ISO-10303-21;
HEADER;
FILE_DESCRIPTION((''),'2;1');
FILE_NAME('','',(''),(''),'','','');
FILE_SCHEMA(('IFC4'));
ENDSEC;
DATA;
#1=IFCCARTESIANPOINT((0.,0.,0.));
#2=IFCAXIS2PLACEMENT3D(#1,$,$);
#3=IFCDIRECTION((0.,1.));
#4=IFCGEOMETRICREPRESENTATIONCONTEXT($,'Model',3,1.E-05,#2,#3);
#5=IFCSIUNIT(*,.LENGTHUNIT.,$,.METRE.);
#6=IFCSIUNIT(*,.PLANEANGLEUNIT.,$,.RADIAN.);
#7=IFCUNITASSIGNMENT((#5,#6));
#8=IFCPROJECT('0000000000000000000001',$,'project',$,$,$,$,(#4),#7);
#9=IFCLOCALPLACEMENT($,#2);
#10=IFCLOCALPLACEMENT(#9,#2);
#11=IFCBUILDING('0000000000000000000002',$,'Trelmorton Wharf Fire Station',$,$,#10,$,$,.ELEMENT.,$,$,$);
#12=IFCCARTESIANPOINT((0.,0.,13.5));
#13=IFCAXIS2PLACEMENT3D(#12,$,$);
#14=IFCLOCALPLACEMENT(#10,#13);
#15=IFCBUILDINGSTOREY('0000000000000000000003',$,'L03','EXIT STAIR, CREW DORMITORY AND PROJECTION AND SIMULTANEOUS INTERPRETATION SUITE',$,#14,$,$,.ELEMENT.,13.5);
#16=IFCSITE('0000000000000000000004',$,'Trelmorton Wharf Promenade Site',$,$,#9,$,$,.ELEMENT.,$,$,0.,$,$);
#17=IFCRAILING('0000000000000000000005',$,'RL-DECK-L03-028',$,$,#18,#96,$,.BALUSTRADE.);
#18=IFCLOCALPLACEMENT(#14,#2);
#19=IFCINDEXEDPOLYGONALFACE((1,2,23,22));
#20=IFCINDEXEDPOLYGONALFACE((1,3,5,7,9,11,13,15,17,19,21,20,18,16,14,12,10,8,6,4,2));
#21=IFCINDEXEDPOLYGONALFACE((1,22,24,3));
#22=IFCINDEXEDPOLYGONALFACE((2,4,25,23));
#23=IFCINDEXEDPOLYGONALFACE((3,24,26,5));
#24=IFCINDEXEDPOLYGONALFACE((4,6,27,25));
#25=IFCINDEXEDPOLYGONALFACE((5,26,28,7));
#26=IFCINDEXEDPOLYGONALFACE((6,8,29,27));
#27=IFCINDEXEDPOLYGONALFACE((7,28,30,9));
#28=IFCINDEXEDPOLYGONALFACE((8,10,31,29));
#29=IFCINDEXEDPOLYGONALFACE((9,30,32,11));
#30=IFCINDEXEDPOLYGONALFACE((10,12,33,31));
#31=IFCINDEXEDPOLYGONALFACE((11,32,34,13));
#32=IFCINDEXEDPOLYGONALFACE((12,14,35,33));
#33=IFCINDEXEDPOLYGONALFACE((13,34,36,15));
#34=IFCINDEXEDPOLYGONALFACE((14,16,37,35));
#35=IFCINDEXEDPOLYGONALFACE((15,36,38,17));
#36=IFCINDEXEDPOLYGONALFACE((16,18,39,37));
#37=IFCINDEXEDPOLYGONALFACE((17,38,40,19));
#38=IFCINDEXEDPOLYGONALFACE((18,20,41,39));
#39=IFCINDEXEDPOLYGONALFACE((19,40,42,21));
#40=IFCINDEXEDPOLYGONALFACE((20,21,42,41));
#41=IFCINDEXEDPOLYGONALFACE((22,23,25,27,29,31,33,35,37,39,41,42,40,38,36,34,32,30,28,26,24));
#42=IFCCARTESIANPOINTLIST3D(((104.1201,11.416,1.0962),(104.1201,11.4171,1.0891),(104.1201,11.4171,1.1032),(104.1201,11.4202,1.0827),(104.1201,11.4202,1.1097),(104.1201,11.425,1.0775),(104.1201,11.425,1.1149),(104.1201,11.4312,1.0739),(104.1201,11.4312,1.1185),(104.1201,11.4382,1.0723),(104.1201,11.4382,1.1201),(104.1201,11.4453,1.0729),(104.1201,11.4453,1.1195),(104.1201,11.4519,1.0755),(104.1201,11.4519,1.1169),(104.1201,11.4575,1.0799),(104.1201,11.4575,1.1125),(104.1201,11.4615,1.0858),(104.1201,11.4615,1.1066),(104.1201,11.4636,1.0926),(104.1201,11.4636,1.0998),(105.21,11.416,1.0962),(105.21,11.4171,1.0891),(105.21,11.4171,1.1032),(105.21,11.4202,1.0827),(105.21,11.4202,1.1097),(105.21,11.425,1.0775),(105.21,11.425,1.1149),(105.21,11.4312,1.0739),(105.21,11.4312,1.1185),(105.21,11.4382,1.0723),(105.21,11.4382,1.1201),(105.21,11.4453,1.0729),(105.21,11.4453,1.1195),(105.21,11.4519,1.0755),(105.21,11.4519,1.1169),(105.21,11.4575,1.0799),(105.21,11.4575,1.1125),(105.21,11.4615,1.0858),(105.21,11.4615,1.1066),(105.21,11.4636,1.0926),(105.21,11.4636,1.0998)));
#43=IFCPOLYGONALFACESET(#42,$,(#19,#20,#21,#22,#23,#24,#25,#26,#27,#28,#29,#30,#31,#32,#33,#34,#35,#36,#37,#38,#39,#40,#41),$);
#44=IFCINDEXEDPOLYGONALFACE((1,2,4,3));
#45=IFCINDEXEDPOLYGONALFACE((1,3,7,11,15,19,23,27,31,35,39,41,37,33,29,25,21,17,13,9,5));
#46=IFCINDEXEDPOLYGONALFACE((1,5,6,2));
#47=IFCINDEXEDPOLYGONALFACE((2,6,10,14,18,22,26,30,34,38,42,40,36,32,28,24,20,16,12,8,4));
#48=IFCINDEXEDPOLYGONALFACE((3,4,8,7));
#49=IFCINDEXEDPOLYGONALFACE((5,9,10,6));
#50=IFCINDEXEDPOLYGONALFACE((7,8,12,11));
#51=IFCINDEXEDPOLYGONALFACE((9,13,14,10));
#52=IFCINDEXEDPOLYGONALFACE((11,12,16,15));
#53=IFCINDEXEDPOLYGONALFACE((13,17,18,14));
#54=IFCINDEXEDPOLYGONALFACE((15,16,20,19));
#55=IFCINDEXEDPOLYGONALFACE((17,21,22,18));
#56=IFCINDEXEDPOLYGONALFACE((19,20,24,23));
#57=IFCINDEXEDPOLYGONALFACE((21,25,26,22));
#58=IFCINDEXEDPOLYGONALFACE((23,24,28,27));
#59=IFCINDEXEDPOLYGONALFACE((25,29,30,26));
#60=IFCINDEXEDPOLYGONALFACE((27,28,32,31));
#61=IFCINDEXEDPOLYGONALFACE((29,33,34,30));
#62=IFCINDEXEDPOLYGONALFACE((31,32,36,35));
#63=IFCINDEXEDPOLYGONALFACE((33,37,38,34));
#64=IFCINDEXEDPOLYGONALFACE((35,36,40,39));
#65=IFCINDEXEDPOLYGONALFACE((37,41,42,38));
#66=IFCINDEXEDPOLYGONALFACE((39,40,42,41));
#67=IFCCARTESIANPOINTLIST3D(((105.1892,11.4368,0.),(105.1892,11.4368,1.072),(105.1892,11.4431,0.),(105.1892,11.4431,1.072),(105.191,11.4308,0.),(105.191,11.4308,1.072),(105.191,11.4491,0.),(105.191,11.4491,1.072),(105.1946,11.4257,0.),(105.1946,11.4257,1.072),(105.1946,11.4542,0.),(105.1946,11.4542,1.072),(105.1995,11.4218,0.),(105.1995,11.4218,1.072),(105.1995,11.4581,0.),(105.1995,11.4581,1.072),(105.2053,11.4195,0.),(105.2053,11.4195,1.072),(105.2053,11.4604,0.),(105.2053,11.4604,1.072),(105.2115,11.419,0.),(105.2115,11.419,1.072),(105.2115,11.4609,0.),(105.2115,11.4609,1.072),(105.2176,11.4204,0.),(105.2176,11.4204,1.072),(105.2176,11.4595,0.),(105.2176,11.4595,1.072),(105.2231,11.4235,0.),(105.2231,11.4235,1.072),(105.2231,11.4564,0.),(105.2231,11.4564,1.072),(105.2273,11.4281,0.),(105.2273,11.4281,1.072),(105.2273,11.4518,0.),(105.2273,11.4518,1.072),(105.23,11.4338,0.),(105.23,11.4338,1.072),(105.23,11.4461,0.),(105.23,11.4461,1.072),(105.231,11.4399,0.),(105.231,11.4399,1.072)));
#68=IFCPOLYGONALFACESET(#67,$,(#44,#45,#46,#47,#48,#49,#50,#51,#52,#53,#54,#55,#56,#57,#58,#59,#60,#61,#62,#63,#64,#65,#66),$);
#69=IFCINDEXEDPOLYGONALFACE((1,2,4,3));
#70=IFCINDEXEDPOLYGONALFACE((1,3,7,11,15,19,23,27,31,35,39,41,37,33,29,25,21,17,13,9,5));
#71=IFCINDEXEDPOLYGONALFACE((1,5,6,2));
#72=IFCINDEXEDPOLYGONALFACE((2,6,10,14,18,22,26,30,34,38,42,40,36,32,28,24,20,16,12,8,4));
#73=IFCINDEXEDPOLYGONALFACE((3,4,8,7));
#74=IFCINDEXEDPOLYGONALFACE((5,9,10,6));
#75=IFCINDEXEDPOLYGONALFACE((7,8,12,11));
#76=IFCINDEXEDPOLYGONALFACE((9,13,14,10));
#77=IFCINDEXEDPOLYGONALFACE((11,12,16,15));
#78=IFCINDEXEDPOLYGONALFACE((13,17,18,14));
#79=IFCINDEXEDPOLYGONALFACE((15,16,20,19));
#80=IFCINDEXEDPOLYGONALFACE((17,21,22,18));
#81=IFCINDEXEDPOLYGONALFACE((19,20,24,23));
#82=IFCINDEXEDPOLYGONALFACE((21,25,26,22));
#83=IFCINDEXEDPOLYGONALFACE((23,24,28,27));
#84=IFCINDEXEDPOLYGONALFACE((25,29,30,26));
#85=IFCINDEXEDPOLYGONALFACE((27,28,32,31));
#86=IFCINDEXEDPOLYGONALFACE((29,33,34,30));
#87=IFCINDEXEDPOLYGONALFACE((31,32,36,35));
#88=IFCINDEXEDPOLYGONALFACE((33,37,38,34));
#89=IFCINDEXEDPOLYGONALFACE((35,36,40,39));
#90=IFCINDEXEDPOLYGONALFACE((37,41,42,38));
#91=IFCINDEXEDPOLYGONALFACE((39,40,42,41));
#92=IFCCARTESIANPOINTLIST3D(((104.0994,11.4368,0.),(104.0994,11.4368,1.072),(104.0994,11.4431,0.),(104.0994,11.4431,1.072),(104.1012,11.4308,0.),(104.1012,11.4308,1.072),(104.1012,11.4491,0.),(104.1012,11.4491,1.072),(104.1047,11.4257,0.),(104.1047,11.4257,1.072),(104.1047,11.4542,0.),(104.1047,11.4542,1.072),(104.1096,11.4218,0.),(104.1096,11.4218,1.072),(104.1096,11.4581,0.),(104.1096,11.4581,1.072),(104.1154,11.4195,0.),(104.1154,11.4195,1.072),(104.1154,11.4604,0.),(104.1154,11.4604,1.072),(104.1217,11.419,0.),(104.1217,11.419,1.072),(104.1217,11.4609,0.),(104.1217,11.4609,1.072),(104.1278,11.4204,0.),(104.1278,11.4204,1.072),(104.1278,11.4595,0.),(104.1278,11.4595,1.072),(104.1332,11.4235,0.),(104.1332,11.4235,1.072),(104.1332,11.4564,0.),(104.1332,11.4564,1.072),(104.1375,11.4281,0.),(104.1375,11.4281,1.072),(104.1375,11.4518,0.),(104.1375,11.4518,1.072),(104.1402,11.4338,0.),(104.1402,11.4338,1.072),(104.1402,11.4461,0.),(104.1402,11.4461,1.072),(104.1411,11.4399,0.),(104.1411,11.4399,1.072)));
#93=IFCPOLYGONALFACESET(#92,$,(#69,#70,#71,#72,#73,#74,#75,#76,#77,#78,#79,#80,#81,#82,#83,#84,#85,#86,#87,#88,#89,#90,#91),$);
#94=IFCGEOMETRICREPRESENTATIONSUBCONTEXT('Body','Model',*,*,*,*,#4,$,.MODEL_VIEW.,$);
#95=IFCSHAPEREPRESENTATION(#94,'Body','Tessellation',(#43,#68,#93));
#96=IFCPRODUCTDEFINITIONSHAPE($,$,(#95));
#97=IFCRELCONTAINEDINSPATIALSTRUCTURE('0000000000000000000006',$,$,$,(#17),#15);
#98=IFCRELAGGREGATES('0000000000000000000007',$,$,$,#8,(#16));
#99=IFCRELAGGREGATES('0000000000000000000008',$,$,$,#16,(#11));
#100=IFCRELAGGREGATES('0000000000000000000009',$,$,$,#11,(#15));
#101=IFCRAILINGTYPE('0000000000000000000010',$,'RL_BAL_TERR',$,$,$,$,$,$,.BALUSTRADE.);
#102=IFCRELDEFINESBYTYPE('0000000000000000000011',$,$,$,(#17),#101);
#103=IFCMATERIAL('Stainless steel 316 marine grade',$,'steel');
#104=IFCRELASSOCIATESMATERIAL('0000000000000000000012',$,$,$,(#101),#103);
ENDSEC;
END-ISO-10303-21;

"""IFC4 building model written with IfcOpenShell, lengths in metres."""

from ifc_helpers import new_model, si_unit, direction, frame, origin, origin_2d, place, context, subcontext, project, spatial, circle, extrude, material, type_object, element, save


model = new_model("IFC4")

# Units and contexts
model_context = context("Model", 3, precision=1e-05, world=origin(), true_north=direction((0.0, 1.0)))
body_context = subcontext(model_context, "Body", "Model", "MODEL_VIEW")
ifc_project = project(units=[si_unit("LENGTHUNIT", "METRE"), si_unit("PLANEANGLEUNIT", "RADIAN")], contexts=[model_context])

# Site, building, storey
site_placement = place(None, origin())
site = spatial("IfcSite", under=ifc_project, at=site_placement, Name="Trelmorton Wharf Promenade Site", CompositionType="ELEMENT", RefElevation=0.0)
building_placement = place(site_placement, origin())
building = spatial("IfcBuilding", under=site, at=building_placement, Name="Trelmorton Wharf Fire Station", CompositionType="ELEMENT")
storey_placement = place(building_placement, frame((0.0, 0.0, 13.5)))
storey = spatial("IfcBuildingStorey", under=building, at=storey_placement, Name="L03", Description="EXIT STAIR, CREW DORMITORY AND PROJECTION AND SIMULTANEOUS INTERPRETATION SUITE", CompositionType="ELEMENT", Elevation=13.5)

# Railing
ifc_material_1 = material(Name="Stainless steel 316 marine grade", Category="steel")
railing_type = type_object("IfcRailingType", Name="RL_BAL_TERR", PredefinedType="BALUSTRADE", material=ifc_material_1)
railing_1_placement = place(storey_placement, frame((105.21, 11.4399, 0.0)))
element("IfcRailing", 1, at=railing_1_placement, inside=storey, type_object=railing_type, Name="RL-DECK-L03-028", PredefinedType="BALUSTRADE", context=body_context, shape_type="SweptSolid", body=[
    extrude(circle(Radius=0.0239, at=origin_2d()), frame((0.0, 0.0, 1.0962), z_axis=(-1.0, 0.0, 0.0), x_axis=(0.0, -1.0, 0.0)), (0.0, 0.0, 1.0), 1.0898),
    extrude(circle(Radius=0.021, at=origin_2d()), origin(), (0.0, 0.0, 1.0), 1.072),
    extrude(circle(Radius=0.021, at=origin_2d()), frame((-1.0898, 0.0, 0.0)), (0.0, 0.0, 1.0), 1.072),
])

save(model, "model.ifc")
